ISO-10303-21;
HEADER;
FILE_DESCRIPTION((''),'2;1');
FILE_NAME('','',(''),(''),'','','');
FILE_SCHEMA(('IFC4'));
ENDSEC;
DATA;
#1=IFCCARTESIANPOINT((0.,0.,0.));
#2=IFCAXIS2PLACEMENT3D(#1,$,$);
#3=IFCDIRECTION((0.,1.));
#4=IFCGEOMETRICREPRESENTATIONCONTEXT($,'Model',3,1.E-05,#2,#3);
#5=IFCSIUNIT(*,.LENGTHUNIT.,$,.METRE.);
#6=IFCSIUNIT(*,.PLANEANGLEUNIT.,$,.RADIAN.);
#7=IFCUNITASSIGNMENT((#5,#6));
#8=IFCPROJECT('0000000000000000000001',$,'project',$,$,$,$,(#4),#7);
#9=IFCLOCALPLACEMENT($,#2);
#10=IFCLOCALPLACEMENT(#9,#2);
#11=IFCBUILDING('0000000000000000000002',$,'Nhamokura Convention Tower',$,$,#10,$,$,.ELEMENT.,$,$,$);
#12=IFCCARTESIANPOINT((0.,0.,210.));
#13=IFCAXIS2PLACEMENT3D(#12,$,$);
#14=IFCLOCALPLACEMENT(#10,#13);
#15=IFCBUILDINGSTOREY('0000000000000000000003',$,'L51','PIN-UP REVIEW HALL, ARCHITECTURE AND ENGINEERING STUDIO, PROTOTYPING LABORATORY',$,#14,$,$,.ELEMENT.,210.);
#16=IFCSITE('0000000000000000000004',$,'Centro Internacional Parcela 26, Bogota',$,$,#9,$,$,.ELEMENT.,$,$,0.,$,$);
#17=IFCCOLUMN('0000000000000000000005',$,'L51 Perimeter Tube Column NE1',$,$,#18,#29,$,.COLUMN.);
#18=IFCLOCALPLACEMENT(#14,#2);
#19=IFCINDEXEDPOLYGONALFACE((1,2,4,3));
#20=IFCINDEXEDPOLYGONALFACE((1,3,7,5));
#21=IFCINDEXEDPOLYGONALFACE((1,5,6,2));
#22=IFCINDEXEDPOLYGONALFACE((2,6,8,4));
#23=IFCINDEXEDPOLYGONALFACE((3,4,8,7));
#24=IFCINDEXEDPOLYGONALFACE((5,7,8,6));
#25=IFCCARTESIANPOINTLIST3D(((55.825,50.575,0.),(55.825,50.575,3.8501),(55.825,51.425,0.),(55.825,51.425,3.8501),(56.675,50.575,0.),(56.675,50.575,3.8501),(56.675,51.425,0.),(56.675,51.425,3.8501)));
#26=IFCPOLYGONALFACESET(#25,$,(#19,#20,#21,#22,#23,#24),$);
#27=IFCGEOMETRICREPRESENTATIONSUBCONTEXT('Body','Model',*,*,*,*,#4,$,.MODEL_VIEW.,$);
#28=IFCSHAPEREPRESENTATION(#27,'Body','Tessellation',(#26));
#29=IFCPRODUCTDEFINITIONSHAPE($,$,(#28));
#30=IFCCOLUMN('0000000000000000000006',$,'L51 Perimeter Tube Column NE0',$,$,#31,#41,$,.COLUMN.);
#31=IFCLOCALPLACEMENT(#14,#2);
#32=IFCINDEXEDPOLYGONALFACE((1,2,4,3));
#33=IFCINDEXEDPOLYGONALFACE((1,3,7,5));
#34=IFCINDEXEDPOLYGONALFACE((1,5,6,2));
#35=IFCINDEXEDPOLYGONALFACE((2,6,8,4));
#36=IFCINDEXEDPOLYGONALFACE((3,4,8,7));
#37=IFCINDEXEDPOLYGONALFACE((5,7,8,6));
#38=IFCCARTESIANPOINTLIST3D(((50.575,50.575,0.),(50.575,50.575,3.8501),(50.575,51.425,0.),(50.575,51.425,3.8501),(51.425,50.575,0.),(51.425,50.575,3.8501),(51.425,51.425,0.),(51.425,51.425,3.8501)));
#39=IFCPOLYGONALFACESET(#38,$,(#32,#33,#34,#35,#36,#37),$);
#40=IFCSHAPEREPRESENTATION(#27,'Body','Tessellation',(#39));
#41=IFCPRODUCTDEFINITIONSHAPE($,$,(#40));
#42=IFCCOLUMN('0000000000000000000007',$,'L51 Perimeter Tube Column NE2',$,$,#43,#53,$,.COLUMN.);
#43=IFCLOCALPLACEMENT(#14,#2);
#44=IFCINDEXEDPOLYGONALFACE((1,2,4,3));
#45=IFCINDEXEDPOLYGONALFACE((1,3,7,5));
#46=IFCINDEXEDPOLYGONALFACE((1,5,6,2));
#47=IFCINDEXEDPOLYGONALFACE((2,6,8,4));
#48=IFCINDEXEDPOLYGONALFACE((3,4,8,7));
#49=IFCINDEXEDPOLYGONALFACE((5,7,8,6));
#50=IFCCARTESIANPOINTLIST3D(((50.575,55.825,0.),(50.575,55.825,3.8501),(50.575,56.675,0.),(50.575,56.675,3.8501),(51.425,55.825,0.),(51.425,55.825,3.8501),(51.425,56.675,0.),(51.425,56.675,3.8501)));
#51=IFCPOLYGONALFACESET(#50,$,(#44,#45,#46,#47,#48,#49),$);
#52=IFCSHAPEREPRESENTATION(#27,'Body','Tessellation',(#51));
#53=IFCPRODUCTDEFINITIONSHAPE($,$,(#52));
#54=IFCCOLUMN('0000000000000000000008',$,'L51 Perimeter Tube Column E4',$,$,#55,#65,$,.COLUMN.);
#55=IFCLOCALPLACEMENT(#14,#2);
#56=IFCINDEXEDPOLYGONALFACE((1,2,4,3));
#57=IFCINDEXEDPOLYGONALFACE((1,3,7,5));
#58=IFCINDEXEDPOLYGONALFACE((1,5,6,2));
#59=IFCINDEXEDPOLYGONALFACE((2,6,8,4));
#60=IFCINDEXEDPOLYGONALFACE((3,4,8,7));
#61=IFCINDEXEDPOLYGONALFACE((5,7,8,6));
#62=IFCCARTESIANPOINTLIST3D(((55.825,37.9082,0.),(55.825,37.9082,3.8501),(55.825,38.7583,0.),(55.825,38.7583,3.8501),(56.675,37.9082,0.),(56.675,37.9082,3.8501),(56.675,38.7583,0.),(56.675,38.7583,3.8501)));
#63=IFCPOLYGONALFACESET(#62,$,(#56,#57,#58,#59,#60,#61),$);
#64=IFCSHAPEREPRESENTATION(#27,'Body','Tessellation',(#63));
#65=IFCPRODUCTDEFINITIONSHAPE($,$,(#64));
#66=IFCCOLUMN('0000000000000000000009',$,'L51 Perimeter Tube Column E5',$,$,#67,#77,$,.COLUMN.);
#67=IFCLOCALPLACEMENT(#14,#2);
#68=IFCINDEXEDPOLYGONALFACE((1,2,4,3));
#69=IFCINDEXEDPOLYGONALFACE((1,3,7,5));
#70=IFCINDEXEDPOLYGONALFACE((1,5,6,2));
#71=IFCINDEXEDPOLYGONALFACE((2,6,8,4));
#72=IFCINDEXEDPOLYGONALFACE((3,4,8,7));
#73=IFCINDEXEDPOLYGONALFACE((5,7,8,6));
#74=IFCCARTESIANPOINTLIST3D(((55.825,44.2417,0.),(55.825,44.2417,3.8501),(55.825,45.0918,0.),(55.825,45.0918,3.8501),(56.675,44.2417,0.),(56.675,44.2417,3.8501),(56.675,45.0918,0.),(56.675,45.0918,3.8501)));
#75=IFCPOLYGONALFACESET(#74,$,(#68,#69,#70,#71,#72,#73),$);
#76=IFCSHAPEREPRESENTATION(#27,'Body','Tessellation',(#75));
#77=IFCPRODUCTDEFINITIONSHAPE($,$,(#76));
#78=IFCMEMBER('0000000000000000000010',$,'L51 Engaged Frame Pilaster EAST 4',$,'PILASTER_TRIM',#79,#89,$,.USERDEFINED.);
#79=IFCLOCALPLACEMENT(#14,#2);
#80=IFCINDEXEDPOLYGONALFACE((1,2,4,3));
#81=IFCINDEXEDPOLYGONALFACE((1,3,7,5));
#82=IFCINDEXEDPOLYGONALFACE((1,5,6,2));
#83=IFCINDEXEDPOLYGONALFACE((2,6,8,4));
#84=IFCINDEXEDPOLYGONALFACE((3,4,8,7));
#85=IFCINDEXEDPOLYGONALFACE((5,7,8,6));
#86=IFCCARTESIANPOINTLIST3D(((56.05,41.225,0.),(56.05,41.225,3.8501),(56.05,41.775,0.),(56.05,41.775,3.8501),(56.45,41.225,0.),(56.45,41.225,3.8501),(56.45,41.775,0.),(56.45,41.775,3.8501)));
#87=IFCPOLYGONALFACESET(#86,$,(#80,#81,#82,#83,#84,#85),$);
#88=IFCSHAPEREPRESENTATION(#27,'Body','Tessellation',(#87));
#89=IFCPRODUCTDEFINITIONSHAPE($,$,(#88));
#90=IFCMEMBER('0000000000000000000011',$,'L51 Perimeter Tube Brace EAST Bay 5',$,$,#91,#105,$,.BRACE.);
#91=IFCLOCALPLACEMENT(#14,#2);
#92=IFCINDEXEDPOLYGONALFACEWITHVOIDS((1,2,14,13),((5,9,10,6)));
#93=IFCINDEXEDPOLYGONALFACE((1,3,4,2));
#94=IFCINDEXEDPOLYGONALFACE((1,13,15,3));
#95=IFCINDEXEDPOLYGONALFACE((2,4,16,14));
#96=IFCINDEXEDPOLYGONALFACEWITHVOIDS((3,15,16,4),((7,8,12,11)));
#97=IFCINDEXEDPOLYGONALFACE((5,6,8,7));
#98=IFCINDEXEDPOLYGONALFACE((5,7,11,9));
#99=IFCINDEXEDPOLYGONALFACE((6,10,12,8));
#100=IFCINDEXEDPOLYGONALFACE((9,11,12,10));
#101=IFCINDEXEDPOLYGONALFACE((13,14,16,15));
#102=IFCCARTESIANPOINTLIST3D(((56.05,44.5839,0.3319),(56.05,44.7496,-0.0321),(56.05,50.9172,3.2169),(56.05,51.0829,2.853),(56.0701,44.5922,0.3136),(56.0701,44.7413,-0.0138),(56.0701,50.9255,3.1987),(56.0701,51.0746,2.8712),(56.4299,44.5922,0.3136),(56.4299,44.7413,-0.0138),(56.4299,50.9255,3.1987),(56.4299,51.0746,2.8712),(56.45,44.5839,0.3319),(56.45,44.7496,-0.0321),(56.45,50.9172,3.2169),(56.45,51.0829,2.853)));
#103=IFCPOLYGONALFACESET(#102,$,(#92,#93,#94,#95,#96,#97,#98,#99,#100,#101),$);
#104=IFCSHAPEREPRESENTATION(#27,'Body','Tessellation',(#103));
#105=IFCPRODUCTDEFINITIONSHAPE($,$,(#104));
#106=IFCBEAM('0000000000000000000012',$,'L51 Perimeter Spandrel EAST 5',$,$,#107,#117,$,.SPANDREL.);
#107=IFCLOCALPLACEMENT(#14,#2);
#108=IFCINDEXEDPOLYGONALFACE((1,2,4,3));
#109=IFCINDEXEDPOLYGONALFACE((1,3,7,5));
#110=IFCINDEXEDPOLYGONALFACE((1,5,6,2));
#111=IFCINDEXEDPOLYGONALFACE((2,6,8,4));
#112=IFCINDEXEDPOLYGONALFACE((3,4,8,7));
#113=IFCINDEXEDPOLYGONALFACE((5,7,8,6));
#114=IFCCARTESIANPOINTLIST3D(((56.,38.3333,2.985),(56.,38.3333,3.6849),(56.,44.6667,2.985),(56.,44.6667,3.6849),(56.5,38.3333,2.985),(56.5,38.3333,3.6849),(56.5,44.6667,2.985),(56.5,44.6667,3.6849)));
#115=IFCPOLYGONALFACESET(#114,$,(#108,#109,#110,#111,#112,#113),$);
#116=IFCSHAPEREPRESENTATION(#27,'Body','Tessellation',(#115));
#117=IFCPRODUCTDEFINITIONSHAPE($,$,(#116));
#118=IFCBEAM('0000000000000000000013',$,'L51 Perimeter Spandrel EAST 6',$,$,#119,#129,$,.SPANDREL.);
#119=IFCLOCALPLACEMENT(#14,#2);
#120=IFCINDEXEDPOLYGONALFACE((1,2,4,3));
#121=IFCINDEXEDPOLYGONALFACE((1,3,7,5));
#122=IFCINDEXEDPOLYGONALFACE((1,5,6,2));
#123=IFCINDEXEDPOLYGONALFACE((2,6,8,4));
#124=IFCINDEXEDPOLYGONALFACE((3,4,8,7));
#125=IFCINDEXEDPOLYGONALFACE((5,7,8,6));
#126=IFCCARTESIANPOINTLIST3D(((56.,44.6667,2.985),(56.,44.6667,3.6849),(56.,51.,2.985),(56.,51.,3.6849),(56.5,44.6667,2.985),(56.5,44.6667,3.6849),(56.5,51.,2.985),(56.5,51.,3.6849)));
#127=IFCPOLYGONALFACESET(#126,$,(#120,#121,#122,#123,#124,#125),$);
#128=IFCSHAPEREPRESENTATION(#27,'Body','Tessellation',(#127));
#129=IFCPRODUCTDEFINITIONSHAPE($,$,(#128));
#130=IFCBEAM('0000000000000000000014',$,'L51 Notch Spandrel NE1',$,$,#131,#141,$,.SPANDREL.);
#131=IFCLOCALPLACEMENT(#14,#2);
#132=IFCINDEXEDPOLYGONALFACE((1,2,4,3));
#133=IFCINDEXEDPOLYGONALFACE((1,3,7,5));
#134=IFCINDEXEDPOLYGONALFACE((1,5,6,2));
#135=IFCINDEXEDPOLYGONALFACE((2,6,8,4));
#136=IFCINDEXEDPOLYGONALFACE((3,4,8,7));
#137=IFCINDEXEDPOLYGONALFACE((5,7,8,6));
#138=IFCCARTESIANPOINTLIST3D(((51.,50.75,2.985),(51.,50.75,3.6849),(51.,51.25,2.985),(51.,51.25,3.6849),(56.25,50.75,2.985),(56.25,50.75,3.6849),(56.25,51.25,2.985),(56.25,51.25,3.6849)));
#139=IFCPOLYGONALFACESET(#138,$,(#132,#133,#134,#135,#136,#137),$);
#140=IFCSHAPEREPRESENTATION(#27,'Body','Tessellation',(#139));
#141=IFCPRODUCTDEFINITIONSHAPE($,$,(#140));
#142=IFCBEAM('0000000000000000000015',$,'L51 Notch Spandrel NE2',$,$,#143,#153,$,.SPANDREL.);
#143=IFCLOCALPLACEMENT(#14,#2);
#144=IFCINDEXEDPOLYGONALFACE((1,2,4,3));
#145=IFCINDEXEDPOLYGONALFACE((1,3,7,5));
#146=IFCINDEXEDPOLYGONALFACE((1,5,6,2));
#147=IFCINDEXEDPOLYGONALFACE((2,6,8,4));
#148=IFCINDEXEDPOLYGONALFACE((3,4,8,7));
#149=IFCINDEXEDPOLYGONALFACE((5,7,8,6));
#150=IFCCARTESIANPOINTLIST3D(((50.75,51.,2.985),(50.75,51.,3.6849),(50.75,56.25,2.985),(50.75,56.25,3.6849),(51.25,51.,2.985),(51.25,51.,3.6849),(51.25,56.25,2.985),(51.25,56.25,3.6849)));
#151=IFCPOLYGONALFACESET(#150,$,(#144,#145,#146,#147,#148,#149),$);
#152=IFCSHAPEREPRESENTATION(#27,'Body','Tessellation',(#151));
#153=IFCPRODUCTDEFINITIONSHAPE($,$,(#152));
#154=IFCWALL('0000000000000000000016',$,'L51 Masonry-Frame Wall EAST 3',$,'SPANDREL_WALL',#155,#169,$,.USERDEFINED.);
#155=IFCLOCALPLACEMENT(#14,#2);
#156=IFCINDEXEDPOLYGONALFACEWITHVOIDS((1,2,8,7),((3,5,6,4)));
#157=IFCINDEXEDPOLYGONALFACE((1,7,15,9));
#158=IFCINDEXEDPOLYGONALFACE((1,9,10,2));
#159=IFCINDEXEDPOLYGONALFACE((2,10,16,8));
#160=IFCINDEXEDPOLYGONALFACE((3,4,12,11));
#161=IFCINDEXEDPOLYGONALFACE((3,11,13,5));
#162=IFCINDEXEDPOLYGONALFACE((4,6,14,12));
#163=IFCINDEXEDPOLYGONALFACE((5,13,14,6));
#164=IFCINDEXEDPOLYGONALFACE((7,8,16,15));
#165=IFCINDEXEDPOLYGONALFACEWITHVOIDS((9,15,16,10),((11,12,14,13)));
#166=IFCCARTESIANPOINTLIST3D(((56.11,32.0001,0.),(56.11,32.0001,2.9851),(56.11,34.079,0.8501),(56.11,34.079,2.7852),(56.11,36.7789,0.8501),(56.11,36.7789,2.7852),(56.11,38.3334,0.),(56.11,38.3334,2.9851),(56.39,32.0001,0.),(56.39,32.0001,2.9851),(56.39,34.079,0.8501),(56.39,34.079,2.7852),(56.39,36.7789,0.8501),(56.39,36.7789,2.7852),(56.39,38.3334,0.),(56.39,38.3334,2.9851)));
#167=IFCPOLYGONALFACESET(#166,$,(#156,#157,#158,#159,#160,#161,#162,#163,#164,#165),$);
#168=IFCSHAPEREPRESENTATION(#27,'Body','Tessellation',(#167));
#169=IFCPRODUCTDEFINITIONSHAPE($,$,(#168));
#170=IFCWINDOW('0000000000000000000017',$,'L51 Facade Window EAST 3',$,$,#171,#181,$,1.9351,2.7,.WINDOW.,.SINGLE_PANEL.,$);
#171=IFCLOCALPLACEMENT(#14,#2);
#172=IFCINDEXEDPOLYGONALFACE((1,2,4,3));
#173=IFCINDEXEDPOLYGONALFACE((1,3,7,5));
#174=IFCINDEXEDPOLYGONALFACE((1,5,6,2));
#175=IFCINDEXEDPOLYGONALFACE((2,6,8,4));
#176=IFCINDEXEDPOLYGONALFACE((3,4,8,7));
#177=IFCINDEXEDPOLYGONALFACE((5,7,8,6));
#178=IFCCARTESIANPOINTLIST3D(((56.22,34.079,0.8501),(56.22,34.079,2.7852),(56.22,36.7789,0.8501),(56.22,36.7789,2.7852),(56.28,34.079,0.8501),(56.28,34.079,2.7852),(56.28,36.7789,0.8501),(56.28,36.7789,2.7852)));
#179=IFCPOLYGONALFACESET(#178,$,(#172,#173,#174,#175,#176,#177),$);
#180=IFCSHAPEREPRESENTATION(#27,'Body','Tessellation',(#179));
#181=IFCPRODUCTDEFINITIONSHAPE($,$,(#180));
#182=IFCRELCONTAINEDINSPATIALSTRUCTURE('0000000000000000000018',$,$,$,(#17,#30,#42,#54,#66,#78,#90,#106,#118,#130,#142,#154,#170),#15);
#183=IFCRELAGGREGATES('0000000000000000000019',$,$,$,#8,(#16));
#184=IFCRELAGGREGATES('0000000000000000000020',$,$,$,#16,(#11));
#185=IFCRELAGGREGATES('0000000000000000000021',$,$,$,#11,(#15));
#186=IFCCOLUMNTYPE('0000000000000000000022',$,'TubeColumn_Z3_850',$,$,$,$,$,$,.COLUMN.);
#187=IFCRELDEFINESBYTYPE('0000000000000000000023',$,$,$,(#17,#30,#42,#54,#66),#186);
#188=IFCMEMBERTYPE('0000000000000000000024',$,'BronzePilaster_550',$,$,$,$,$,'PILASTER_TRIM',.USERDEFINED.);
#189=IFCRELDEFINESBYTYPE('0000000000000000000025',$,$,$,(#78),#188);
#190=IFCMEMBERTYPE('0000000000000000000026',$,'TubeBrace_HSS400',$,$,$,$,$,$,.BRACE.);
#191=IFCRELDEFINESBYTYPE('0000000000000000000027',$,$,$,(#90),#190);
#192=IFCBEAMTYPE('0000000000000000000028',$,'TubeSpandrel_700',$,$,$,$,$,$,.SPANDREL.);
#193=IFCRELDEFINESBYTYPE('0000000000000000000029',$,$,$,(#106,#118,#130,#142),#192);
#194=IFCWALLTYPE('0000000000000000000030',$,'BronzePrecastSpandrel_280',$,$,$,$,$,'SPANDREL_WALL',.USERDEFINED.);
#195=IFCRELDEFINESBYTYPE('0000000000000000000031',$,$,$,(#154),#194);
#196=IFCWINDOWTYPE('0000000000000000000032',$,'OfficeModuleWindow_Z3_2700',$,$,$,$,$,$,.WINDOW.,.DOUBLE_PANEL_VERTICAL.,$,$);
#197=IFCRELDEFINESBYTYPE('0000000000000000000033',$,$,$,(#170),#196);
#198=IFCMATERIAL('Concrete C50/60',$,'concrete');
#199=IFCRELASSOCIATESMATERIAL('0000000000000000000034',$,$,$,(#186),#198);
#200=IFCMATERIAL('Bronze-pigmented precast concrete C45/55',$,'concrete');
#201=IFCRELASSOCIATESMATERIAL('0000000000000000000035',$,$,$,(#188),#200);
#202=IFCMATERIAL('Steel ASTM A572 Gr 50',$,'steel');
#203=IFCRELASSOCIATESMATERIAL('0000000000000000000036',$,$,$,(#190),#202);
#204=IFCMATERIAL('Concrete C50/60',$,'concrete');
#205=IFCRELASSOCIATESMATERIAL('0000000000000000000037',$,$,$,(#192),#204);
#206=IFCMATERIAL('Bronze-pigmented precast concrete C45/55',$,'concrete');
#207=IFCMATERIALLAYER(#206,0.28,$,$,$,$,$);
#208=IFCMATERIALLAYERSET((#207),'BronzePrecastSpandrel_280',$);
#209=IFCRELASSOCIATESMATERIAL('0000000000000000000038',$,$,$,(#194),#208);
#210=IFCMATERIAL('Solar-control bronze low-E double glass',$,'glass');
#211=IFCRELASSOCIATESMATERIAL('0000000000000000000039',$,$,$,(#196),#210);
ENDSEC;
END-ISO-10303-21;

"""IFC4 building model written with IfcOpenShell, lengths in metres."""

from ifc_helpers import new_model, si_unit, direction, frame, frame_2d, origin, origin_2d, place, context, subcontext, project, spatial, rectangle, hollow_rectangle, extrude, material, layer, layer_set, material_profile, profile_set, type_object, element, fill, save


model = new_model("IFC4")

# Units and contexts
model_context = context("Model", 3, precision=1e-05, world=origin(), true_north=direction((0.0, 1.0)))
body_context = subcontext(model_context, "Body", "Model", "MODEL_VIEW")
ifc_project = project(units=[si_unit("LENGTHUNIT", "METRE"), si_unit("PLANEANGLEUNIT", "RADIAN")], contexts=[model_context])

# Site, building, storey
site_placement = place(None, origin())
site = spatial("IfcSite", under=ifc_project, at=site_placement, Name="Centro Internacional Parcela 26, Bogota", CompositionType="ELEMENT", RefElevation=0.0)
building_placement = place(site_placement, origin())
building = spatial("IfcBuilding", under=site, at=building_placement, Name="Nhamokura Convention Tower", CompositionType="ELEMENT")
storey_placement = place(building_placement, frame((0.0, 0.0, 210.0)))
storey = spatial("IfcBuildingStorey", under=building, at=storey_placement, Name="L51", Description="PIN-UP REVIEW HALL, ARCHITECTURE AND ENGINEERING STUDIO, PROTOTYPING LABORATORY", CompositionType="ELEMENT", Elevation=210.0)

# Columns
ifc_material_1 = material(Name="Concrete C50/60", Category="concrete")
ifc_material_profile_1 = material_profile(ifc_material_1, rectangle(XDim=0.8501, YDim=0.8501, at=origin_2d()))
ifc_profile_set_1 = profile_set([ifc_material_profile_1], Name="Concrete C50/60")
column_type = type_object("IfcColumnType", Name="TubeColumn_Z3_850", PredefinedType="COLUMN", material=ifc_profile_set_1)
for number, where, z_axis, x_axis, name in (
    (1, (56.25, 51.0, 0.0), (0.0, 0.0, 1.0), (1.0, 0.0, 0.0), "L51 Perimeter Tube Column NE1"),
    (2, (51.0, 51.0, 0.0), (0.0, 0.0, 1.0), (1.0, 0.0, 0.0), "L51 Perimeter Tube Column NE0"),
    (3, (51.0, 56.25, 0.0), (0.0, 0.0, 1.0), (1.0, 0.0, 0.0), "L51 Perimeter Tube Column NE2"),
    (4, (56.25, 38.3333, 0.0), (0.0, 0.0, 1.0), (1.0, 0.0, 0.0), "L51 Perimeter Tube Column E4"),
    (5, (56.25, 44.6667, 0.0), (0.0, 0.0, 1.0), (1.0, 0.0, 0.0), "L51 Perimeter Tube Column E5"),
):
    element("IfcColumn", number, at=place(storey_placement, frame(where, z_axis=z_axis, x_axis=x_axis)), inside=storey, type_object=column_type, Name=name, PredefinedType="COLUMN", context=body_context, shape_type="SweptSolid", body=[
        extrude(rectangle(XDim=0.8501, YDim=0.8501, at=origin_2d()), origin(), (0.0, 0.0, 1.0), 3.8501),
    ])

# Members
ifc_material_2 = material(Name="Bronze-pigmented precast concrete C45/55", Category="concrete")
ifc_material_profile_2 = material_profile(ifc_material_2, rectangle(XDim=0.3999, YDim=0.55, at=origin_2d()))
ifc_profile_set_2 = profile_set([ifc_material_profile_2], Name="Bronze-pigmented precast concrete C45/55")
member_type_1 = type_object("IfcMemberType", Name="BronzePilaster_550", ElementType="PILASTER_TRIM", PredefinedType="USERDEFINED", material=ifc_profile_set_2)
member_1_placement = place(storey_placement, frame((56.25, 41.5, 0.0), z_axis=(0.0, 0.0, 1.0), x_axis=(1.0, 0.0, 0.0)))
element("IfcMember", 6, at=member_1_placement, inside=storey, type_object=member_type_1, Name="L51 Engaged Frame Pilaster EAST 4", ObjectType="PILASTER_TRIM", PredefinedType="USERDEFINED", context=body_context, shape_type="SweptSolid", body=[
    extrude(rectangle(XDim=0.3999, YDim=0.55, at=origin_2d()), origin(), (0.0, 0.0, 1.0), 3.8501),
])
ifc_material_3 = material(Name="Steel ASTM A572 Gr 50", Category="steel")
ifc_material_profile_3 = material_profile(ifc_material_3, hollow_rectangle(XDim=0.3999, YDim=0.3999, WallThickness=0.02, at=origin_2d()))
ifc_profile_set_3 = profile_set([ifc_material_profile_3], Name="Steel ASTM A572 Gr 50")
member_type_2 = type_object("IfcMemberType", Name="TubeBrace_HSS400", PredefinedType="BRACE", material=ifc_profile_set_3)
member_2_placement = place(storey_placement, frame((56.25, 44.6667, 0.1499), z_axis=(0.0, 0.910027, 0.414548), x_axis=(-1.0, 0.0, 0.0)))
element("IfcMember", 7, at=member_2_placement, inside=storey, type_object=member_type_2, Name="L51 Perimeter Tube Brace EAST Bay 5", PredefinedType="BRACE", context=body_context, shape_type="SweptSolid", body=[
    extrude(hollow_rectangle(XDim=0.3999, YDim=0.3999, WallThickness=0.02, at=origin_2d()), origin(), (0.0, 0.0, 1.0), 6.9595),
])

# Beams
ifc_material_4 = material(Name="Concrete C50/60", Category="concrete")
ifc_material_profile_4 = material_profile(ifc_material_4, rectangle(XDim=0.5, YDim=0.7, at=origin_2d()))
ifc_profile_set_4 = profile_set([ifc_material_profile_4], Name="Concrete C50/60")
beam_type = type_object("IfcBeamType", Name="TubeSpandrel_700", PredefinedType="SPANDREL", material=ifc_profile_set_4)
beam_1_placement = place(storey_placement, frame((56.25, 38.3333, 3.335), z_axis=(0.0, 1.0, 0.0), x_axis=(-1.0, 0.0, 0.0)))
element("IfcBeam", 8, at=beam_1_placement, inside=storey, type_object=beam_type, Name="L51 Perimeter Spandrel EAST 5", PredefinedType="SPANDREL", context=body_context, shape_type="SweptSolid", body=[
    extrude(rectangle(XDim=0.5, YDim=0.7, at=origin_2d()), origin(), (0.0, 0.0, 1.0), 6.3335),
])
beam_2_placement = place(storey_placement, frame((56.25, 44.6667, 3.335), z_axis=(0.0, 1.0, 0.0), x_axis=(-1.0, 0.0, 0.0)))
element("IfcBeam", 9, at=beam_2_placement, inside=storey, type_object=beam_type, Name="L51 Perimeter Spandrel EAST 6", PredefinedType="SPANDREL", context=body_context, shape_type="SweptSolid", body=[
    extrude(rectangle(XDim=0.5, YDim=0.7, at=origin_2d()), origin(), (0.0, 0.0, 1.0), 6.3333),
])
for number, where, z_axis, x_axis, name in (
    (10, (56.25, 51.0, 3.335), (-1.0, 0.0, 0.0), (0.0, -1.0, 0.0), "L51 Notch Spandrel NE1"),
    (11, (51.0, 51.0, 3.335), (0.0, 1.0, 0.0), (-1.0, 0.0, 0.0), "L51 Notch Spandrel NE2"),
):
    element("IfcBeam", number, at=place(storey_placement, frame(where, z_axis=z_axis, x_axis=x_axis)), inside=storey, type_object=beam_type, Name=name, PredefinedType="SPANDREL", context=body_context, shape_type="SweptSolid", body=[
        extrude(rectangle(XDim=0.5, YDim=0.7, at=origin_2d()), origin(), (0.0, 0.0, 1.0), 5.25),
    ])

# Wall, opening, window
ifc_material_5 = material(Name="Bronze-pigmented precast concrete C45/55", Category="concrete")
ifc_layer = layer(ifc_material_5, 0.28)
ifc_layer_set = layer_set([ifc_layer], Name="BronzePrecastSpandrel_280")
wall_type = type_object("IfcWallType", Name="BronzePrecastSpandrel_280", ElementType="SPANDREL_WALL", PredefinedType="USERDEFINED", material=ifc_layer_set)
wall_1_placement = place(storey_placement, frame((56.25, 38.3333, 0.0), z_axis=(0.0, 0.0, 1.0), x_axis=(0.0, -1.0, 0.0)))
wall_1 = element("IfcWall", 12, at=wall_1_placement, inside=storey, type_object=wall_type, Name="L51 Masonry-Frame Wall EAST 3", ObjectType="SPANDREL_WALL", PredefinedType="USERDEFINED", context=body_context, shape_type="SweptSolid", body=[
    extrude(rectangle(XDim=6.3333, YDim=0.28, at=frame_2d((3.1665, 0.0))), origin(), (0.0, 0.0, 1.0), 2.9851),
])
opening_1_placement = place(wall_1_placement, frame((1.5542, 0.0, 0.8501)))
opening_1 = element("IfcOpeningElement", 13, at=opening_1_placement, cuts=wall_1, PredefinedType="OPENING", context=body_context, shape_type="SweptSolid", body=[
    extrude(rectangle(XDim=2.7, YDim=1.9351, at=frame_2d((1.3501, 0.9675))), frame((0.0, 0.1499, 0.0), z_axis=(0.0, -1.0, 0.0), x_axis=(1.0, 0.0, 0.0)), (0.0, 0.0, 1.0), 0.3),
])
ifc_material_6 = material(Name="Solar-control bronze low-E double glass", Category="glass")
window_type_1 = type_object("IfcWindowType", Name="OfficeModuleWindow_Z3_2700", PartitioningType="DOUBLE_PANEL_VERTICAL", PredefinedType="WINDOW", material=ifc_material_6)
window_1_placement = place(opening_1_placement, origin())
window_1 = element("IfcWindow", 14, at=window_1_placement, inside=storey, type_object=window_type_1, Name="L51 Facade Window EAST 3", OverallHeight=1.9351, OverallWidth=2.7, PartitioningType="SINGLE_PANEL", PredefinedType="WINDOW", context=body_context, shape_type="SweptSolid", body=[
    extrude(rectangle(XDim=2.7, YDim=1.9351, at=frame_2d((1.3501, 0.9675))), frame((0.0, 0.03, 0.0), z_axis=(0.0, -1.0, 0.0), x_axis=(1.0, 0.0, 0.0)), (0.0, 0.0, 1.0), 0.0601),
])
fill(opening_1, window_1)

save(model, "model.ifc")
